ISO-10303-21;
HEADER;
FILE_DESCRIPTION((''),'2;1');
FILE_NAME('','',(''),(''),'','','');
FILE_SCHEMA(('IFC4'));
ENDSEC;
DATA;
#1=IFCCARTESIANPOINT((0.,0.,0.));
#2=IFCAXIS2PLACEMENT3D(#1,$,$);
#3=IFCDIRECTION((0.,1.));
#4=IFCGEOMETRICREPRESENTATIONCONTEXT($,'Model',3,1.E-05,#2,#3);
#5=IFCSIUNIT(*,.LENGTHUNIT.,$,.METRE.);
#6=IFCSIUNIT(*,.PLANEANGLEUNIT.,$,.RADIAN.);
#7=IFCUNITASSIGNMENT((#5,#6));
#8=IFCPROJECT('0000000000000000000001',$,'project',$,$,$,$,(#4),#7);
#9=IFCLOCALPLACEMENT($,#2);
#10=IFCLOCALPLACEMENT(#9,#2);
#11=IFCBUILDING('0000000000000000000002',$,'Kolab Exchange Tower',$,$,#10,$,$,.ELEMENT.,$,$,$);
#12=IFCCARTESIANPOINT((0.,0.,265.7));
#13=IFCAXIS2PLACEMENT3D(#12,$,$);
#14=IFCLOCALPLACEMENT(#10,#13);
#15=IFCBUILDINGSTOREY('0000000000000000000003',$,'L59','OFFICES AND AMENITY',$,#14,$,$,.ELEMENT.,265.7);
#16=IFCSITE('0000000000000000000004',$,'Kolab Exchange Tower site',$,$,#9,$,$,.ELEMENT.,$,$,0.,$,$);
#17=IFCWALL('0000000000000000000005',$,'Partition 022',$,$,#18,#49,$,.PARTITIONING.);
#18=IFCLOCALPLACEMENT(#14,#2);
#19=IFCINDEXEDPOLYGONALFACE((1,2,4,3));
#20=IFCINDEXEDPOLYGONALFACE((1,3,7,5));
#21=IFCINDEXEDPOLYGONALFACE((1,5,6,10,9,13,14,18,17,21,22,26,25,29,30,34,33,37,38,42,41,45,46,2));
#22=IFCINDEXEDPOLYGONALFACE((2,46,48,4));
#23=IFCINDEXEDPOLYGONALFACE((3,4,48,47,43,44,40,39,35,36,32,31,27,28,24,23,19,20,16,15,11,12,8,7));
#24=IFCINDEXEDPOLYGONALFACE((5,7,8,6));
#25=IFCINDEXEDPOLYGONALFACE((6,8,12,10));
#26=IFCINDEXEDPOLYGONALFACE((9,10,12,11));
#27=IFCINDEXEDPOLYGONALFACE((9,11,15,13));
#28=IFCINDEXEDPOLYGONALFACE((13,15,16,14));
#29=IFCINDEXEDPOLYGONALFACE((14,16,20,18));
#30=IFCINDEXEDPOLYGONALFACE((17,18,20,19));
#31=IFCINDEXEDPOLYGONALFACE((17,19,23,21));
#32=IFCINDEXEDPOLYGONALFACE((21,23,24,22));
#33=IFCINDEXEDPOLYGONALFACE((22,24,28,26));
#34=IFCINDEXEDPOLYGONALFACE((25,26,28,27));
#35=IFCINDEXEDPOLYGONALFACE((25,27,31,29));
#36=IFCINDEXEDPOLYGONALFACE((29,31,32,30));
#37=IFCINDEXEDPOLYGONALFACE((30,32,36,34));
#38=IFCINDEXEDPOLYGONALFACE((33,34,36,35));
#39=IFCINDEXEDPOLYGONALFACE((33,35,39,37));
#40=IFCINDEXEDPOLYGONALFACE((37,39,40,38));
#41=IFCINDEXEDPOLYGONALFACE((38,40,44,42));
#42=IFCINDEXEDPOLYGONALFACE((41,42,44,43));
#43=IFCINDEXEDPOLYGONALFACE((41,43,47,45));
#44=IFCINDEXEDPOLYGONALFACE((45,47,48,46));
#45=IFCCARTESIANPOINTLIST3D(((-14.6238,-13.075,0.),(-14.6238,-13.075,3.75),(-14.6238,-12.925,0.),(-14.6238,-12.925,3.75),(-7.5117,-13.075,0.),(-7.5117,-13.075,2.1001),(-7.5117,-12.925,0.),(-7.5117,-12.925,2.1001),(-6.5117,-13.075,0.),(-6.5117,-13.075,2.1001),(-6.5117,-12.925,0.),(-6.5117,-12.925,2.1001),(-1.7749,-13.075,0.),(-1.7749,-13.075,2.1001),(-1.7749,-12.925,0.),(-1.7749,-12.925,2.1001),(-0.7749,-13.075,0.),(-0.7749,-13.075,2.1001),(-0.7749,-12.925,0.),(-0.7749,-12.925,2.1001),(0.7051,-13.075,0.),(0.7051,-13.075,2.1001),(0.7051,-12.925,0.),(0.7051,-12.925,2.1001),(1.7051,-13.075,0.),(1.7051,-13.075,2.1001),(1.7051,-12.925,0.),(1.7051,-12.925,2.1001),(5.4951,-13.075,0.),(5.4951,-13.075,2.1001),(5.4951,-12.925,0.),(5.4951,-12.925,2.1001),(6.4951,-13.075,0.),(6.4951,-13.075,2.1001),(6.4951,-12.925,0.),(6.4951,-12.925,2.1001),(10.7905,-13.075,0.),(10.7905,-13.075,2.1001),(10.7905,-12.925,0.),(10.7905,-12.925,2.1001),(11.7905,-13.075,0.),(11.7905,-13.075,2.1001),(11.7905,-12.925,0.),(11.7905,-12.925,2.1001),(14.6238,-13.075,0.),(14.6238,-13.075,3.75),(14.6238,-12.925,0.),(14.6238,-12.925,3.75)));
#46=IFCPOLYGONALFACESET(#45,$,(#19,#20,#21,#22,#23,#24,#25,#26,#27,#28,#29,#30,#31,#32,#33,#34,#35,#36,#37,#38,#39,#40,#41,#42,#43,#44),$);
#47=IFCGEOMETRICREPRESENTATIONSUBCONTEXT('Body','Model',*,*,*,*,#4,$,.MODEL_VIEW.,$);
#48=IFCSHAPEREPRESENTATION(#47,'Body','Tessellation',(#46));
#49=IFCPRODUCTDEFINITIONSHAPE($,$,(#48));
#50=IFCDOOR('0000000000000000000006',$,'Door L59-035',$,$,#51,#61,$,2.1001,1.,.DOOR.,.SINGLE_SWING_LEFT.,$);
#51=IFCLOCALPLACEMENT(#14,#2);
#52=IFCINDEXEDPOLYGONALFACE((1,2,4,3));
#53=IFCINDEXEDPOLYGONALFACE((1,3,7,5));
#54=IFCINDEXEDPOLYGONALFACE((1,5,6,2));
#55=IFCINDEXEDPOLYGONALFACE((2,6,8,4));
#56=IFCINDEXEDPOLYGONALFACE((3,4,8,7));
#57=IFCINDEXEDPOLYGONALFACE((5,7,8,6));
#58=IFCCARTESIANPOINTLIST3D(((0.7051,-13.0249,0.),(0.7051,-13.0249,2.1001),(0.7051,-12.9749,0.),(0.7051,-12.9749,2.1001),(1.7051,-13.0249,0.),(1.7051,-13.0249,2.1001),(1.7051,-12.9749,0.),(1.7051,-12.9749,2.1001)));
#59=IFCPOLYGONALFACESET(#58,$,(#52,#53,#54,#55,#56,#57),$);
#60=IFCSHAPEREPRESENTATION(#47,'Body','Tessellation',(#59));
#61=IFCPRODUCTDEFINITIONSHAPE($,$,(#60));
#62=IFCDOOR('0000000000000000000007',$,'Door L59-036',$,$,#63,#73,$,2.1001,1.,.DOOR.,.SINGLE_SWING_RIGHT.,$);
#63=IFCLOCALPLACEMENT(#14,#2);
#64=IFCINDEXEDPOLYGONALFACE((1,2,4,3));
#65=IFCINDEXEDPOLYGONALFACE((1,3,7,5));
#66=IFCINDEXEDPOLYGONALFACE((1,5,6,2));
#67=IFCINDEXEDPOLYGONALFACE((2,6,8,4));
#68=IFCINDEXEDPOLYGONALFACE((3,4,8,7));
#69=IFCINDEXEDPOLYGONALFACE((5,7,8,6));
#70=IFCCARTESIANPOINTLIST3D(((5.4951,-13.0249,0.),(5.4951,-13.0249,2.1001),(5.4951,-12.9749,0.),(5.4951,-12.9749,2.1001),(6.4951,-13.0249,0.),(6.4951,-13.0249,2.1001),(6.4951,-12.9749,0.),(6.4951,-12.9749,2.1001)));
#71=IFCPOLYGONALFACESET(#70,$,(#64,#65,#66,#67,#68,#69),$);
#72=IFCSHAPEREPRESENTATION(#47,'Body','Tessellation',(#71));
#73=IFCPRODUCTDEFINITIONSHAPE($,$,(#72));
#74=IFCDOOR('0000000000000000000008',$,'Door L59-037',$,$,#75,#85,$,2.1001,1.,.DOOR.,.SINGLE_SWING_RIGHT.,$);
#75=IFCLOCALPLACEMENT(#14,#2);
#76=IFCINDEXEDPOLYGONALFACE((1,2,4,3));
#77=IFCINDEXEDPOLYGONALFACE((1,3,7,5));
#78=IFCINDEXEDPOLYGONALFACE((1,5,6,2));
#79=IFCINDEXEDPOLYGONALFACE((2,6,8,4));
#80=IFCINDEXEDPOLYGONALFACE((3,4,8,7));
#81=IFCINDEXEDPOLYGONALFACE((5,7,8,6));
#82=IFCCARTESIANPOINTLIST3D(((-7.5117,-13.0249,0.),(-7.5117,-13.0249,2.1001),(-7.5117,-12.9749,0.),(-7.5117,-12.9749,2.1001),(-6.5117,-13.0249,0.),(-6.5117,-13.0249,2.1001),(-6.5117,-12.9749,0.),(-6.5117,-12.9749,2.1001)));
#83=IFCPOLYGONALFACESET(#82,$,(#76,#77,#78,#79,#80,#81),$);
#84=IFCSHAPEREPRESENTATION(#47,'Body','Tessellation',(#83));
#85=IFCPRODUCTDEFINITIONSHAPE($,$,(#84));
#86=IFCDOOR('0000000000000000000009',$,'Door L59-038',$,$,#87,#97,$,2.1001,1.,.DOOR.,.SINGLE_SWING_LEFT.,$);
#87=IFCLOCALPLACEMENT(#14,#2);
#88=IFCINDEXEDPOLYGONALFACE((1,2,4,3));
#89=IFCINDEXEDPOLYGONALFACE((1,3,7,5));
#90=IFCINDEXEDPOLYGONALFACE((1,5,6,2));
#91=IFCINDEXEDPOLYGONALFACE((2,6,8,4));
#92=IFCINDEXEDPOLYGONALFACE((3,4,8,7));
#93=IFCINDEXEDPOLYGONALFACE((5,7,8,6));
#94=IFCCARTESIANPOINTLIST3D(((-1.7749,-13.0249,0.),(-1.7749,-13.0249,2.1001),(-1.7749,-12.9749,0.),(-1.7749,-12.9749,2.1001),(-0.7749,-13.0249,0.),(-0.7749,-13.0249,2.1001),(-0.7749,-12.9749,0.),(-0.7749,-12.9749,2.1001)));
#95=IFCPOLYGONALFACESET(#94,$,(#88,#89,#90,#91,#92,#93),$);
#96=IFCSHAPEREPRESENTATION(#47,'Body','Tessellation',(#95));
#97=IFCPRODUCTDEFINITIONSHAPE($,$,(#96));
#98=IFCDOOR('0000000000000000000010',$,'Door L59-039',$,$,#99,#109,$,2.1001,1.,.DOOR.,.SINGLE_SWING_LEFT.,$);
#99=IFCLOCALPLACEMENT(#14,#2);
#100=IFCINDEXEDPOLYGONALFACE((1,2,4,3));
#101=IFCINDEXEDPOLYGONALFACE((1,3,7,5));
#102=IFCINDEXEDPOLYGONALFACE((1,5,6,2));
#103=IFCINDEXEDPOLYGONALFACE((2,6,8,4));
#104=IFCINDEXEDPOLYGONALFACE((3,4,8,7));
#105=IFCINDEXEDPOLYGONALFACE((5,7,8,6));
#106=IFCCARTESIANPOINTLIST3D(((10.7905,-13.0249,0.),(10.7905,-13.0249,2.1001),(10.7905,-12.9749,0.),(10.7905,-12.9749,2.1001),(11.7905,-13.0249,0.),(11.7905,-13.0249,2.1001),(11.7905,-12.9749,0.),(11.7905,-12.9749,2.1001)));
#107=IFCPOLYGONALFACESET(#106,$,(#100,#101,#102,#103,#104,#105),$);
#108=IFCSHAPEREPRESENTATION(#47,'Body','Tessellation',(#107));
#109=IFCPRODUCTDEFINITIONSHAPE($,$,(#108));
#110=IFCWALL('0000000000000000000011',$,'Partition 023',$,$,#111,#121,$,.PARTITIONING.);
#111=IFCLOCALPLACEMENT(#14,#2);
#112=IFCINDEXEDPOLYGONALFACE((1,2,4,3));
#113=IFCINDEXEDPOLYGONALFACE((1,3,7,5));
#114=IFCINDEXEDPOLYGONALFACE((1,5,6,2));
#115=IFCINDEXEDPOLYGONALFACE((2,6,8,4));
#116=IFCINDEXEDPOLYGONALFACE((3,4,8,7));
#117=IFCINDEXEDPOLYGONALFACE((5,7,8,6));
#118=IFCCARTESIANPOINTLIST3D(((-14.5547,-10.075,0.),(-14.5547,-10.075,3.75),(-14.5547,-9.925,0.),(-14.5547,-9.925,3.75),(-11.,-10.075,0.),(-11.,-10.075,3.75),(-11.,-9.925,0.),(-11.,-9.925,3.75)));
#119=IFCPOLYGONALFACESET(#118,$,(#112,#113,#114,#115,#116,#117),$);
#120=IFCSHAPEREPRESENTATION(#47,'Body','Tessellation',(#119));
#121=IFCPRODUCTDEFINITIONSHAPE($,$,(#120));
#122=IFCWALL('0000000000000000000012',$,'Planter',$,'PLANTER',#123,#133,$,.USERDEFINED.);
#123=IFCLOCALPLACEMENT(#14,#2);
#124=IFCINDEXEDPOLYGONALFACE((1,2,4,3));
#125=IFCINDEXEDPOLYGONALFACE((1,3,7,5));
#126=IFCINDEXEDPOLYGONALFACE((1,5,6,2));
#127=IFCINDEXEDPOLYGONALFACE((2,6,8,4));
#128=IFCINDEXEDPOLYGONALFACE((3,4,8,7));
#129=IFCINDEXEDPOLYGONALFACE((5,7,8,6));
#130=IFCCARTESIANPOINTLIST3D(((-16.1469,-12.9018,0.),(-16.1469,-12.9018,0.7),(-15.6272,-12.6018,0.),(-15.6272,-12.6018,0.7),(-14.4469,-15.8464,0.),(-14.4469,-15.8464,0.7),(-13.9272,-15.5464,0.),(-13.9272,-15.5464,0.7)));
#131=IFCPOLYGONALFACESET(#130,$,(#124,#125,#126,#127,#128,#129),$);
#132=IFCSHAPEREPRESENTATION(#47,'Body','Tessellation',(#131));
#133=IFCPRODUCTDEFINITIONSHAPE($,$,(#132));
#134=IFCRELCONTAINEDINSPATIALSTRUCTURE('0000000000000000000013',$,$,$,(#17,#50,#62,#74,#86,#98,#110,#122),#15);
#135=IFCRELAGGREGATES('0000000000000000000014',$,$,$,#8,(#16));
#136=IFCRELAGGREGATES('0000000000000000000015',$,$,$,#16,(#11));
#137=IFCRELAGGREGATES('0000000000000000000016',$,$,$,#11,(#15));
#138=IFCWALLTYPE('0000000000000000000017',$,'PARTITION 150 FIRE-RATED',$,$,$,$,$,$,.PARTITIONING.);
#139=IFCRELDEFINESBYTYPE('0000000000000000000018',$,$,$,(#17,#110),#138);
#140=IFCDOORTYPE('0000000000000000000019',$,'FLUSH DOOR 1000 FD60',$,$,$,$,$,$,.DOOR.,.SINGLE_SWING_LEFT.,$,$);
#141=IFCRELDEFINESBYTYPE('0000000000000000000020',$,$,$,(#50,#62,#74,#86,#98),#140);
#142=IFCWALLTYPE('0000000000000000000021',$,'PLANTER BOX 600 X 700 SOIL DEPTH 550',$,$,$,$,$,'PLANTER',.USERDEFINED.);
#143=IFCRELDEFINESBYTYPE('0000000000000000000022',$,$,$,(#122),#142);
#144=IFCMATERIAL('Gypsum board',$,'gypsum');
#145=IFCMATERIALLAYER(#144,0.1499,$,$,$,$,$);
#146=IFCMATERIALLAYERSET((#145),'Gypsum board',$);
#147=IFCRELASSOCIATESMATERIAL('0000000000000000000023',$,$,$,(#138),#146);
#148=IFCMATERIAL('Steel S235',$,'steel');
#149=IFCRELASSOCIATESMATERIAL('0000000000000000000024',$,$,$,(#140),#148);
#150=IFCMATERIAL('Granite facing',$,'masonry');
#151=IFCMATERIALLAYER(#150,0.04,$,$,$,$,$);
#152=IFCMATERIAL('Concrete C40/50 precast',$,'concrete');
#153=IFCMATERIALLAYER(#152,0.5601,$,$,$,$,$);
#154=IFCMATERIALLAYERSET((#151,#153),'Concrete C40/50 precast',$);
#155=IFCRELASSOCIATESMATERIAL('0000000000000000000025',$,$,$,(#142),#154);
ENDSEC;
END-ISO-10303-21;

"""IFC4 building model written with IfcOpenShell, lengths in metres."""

from ifc_helpers import new_model, si_unit, direction, frame, frame_2d, origin, place, context, subcontext, project, spatial, rectangle, extrude, material, layer, layer_set, type_object, element, fill, save


model = new_model("IFC4")

# Units and contexts
model_context = context("Model", 3, precision=1e-05, world=origin(), true_north=direction((0.0, 1.0)))
body_context = subcontext(model_context, "Body", "Model", "MODEL_VIEW")
ifc_project = project(units=[si_unit("LENGTHUNIT", "METRE"), si_unit("PLANEANGLEUNIT", "RADIAN")], contexts=[model_context])

# Site, building, storey
site_placement = place(None, origin())
site = spatial("IfcSite", under=ifc_project, at=site_placement, Name="Kolab Exchange Tower site", CompositionType="ELEMENT", RefElevation=0.0)
building_placement = place(site_placement, origin())
building = spatial("IfcBuilding", under=site, at=building_placement, Name="Kolab Exchange Tower", CompositionType="ELEMENT")
storey_placement = place(building_placement, frame((0.0, 0.0, 265.7)))
storey = spatial("IfcBuildingStorey", under=building, at=storey_placement, Name="L59", Description="OFFICES AND AMENITY", CompositionType="ELEMENT", Elevation=265.7)

# Wall, openings, doors
ifc_material_1 = material(Name="Gypsum board", Category="gypsum")
ifc_layer_1 = layer(ifc_material_1, 0.1499)
ifc_layer_set_1 = layer_set([ifc_layer_1], Name="Gypsum board")
wall_type_1 = type_object("IfcWallType", Name="PARTITION 150 FIRE-RATED", PredefinedType="PARTITIONING", material=ifc_layer_set_1)
wall_1_placement = place(storey_placement, frame((-14.6238, -13.0, 0.0), z_axis=(0.0, 0.0, 1.0), x_axis=(1.0, 0.0, 0.0)))
wall_1 = element("IfcWall", 1, at=wall_1_placement, inside=storey, type_object=wall_type_1, Name="Partition 022", PredefinedType="PARTITIONING", context=body_context, shape_type="SweptSolid", body=[
    extrude(rectangle(XDim=29.2476, YDim=0.1499, at=frame_2d((14.6238, 0.0))), origin(), (0.0, 0.0, 1.0), 3.75),
])
opening_1_placement = place(wall_1_placement, frame((15.3289, 0.0, 0.0)))
opening_1 = element("IfcOpeningElement", 2, at=opening_1_placement, cuts=wall_1, PredefinedType="OPENING", context=body_context, shape_type="SweptSolid", body=[
    extrude(rectangle(XDim=1.0, YDim=2.1001, at=frame_2d((0.5, 1.05))), frame((0.0, 0.085, 0.0), z_axis=(0.0, -1.0, 0.0), x_axis=(1.0, 0.0, 0.0)), (0.0, 0.0, 1.0), 0.1699),
])
opening_2_placement = place(wall_1_placement, frame((20.1189, 0.0, 0.0)))
opening_2 = element("IfcOpeningElement", 3, at=opening_2_placement, cuts=wall_1, PredefinedType="OPENING", context=body_context, shape_type="SweptSolid", body=[
    extrude(rectangle(XDim=1.0, YDim=2.1001, at=frame_2d((0.5, 1.05))), frame((0.0, 0.085, 0.0), z_axis=(0.0, -1.0, 0.0), x_axis=(1.0, 0.0, 0.0)), (0.0, 0.0, 1.0), 0.1699),
])
opening_3_placement = place(wall_1_placement, frame((7.1121, 0.0, 0.0)))
opening_3 = element("IfcOpeningElement", 4, at=opening_3_placement, cuts=wall_1, PredefinedType="OPENING", context=body_context, shape_type="SweptSolid", body=[
    extrude(rectangle(XDim=1.0, YDim=2.1001, at=frame_2d((0.5, 1.05))), frame((0.0, 0.085, 0.0), z_axis=(0.0, -1.0, 0.0), x_axis=(1.0, 0.0, 0.0)), (0.0, 0.0, 1.0), 0.1699),
])
opening_4_placement = place(wall_1_placement, frame((12.8489, 0.0, 0.0)))
opening_4 = element("IfcOpeningElement", 5, at=opening_4_placement, cuts=wall_1, PredefinedType="OPENING", context=body_context, shape_type="SweptSolid", body=[
    extrude(rectangle(XDim=1.0, YDim=2.1001, at=frame_2d((0.5, 1.05))), frame((0.0, 0.085, 0.0), z_axis=(0.0, -1.0, 0.0), x_axis=(1.0, 0.0, 0.0)), (0.0, 0.0, 1.0), 0.1699),
])
opening_5_placement = place(wall_1_placement, frame((25.4143, 0.0, 0.0)))
opening_5 = element("IfcOpeningElement", 6, at=opening_5_placement, cuts=wall_1, PredefinedType="OPENING", context=body_context, shape_type="SweptSolid", body=[
    extrude(rectangle(XDim=1.0, YDim=2.1001, at=frame_2d((0.5, 1.05))), frame((0.0, 0.085, 0.0), z_axis=(0.0, -1.0, 0.0), x_axis=(1.0, 0.0, 0.0)), (0.0, 0.0, 1.0), 0.1699),
])
ifc_material_2 = material(Name="Steel S235", Category="steel")
door_type_1 = type_object("IfcDoorType", Name="FLUSH DOOR 1000 FD60", OperationType="SINGLE_SWING_LEFT", PredefinedType="DOOR", material=ifc_material_2)
door_1_placement = place(opening_1_placement, frame((1.0, 0.0, 0.0), z_axis=(0.0, 0.0, 1.0), x_axis=(-1.0, 0.0, 0.0)))
door_1 = element("IfcDoor", 7, at=door_1_placement, inside=storey, type_object=door_type_1, Name="Door L59-035", OperationType="SINGLE_SWING_LEFT", OverallHeight=2.1001, OverallWidth=1.0, PredefinedType="DOOR", context=body_context, shape_type="SweptSolid", body=[
    extrude(rectangle(XDim=1.0, YDim=2.1001, at=frame_2d((0.5, 1.05))), frame((0.0, 0.0249, 0.0), z_axis=(0.0, -1.0, 0.0), x_axis=(1.0, 0.0, 0.0)), (0.0, 0.0, 1.0), 0.05),
])
fill(opening_1, door_1)
door_2_placement = place(opening_2_placement, frame((1.0, 0.0, 0.0), z_axis=(0.0, 0.0, 1.0), x_axis=(-1.0, 0.0, 0.0)))
door_2 = element("IfcDoor", 8, at=door_2_placement, inside=storey, type_object=door_type_1, Name="Door L59-036", OperationType="SINGLE_SWING_RIGHT", OverallHeight=2.1001, OverallWidth=1.0, PredefinedType="DOOR", context=body_context, shape_type="SweptSolid", body=[
    extrude(rectangle(XDim=1.0, YDim=2.1001, at=frame_2d((0.5, 1.05))), frame((0.0, 0.0249, 0.0), z_axis=(0.0, -1.0, 0.0), x_axis=(1.0, 0.0, 0.0)), (0.0, 0.0, 1.0), 0.05),
])
fill(opening_2, door_2)
door_3_placement = place(opening_3_placement, frame((1.0, 0.0, 0.0), z_axis=(0.0, 0.0, 1.0), x_axis=(-1.0, 0.0, 0.0)))
door_3 = element("IfcDoor", 9, at=door_3_placement, inside=storey, type_object=door_type_1, Name="Door L59-037", OperationType="SINGLE_SWING_RIGHT", OverallHeight=2.1001, OverallWidth=1.0, PredefinedType="DOOR", context=body_context, shape_type="SweptSolid", body=[
    extrude(rectangle(XDim=1.0, YDim=2.1001, at=frame_2d((0.5, 1.05))), frame((0.0, 0.0249, 0.0), z_axis=(0.0, -1.0, 0.0), x_axis=(1.0, 0.0, 0.0)), (0.0, 0.0, 1.0), 0.05),
])
fill(opening_3, door_3)
door_4_placement = place(opening_4_placement, frame((1.0, 0.0, 0.0), z_axis=(0.0, 0.0, 1.0), x_axis=(-1.0, 0.0, 0.0)))
door_4 = element("IfcDoor", 10, at=door_4_placement, inside=storey, type_object=door_type_1, Name="Door L59-038", OperationType="SINGLE_SWING_LEFT", OverallHeight=2.1001, OverallWidth=1.0, PredefinedType="DOOR", context=body_context, shape_type="SweptSolid", body=[
    extrude(rectangle(XDim=1.0, YDim=2.1001, at=frame_2d((0.5, 1.05))), frame((0.0, 0.0249, 0.0), z_axis=(0.0, -1.0, 0.0), x_axis=(1.0, 0.0, 0.0)), (0.0, 0.0, 1.0), 0.05),
])
fill(opening_4, door_4)
door_5_placement = place(opening_5_placement, frame((1.0, 0.0, 0.0), z_axis=(0.0, 0.0, 1.0), x_axis=(-1.0, 0.0, 0.0)))
door_5 = element("IfcDoor", 11, at=door_5_placement, inside=storey, type_object=door_type_1, Name="Door L59-039", OperationType="SINGLE_SWING_LEFT", OverallHeight=2.1001, OverallWidth=1.0, PredefinedType="DOOR", context=body_context, shape_type="SweptSolid", body=[
    extrude(rectangle(XDim=1.0, YDim=2.1001, at=frame_2d((0.5, 1.05))), frame((0.0, 0.0249, 0.0), z_axis=(0.0, -1.0, 0.0), x_axis=(1.0, 0.0, 0.0)), (0.0, 0.0, 1.0), 0.05),
])
fill(opening_5, door_5)

# Walls
wall_2_placement = place(storey_placement, frame((-14.5547, -10.0, 0.0), z_axis=(0.0, 0.0, 1.0), x_axis=(1.0, 0.0, 0.0)))
element("IfcWall", 12, at=wall_2_placement, inside=storey, type_object=wall_type_1, Name="Partition 023", PredefinedType="PARTITIONING", context=body_context, shape_type="SweptSolid", body=[
    extrude(rectangle(XDim=3.5547, YDim=0.1499, at=frame_2d((1.7773, 0.0))), origin(), (0.0, 0.0, 1.0), 3.75),
])
ifc_material_3 = material(Name="Granite facing", Category="masonry")
ifc_layer_2 = layer(ifc_material_3, 0.04)
ifc_material_4 = material(Name="Concrete C40/50 precast", Category="concrete")
ifc_layer_3 = layer(ifc_material_4, 0.5601)
ifc_layer_set_2 = layer_set([ifc_layer_2, ifc_layer_3], Name="Concrete C40/50 precast")
wall_type_2 = type_object("IfcWallType", Name="PLANTER BOX 600 X 700 SOIL DEPTH 550", ElementType="PLANTER", PredefinedType="USERDEFINED", material=ifc_layer_set_2)
wall_3_placement = place(storey_placement, frame((-14.187, -15.6965, 0.0), z_axis=(0.0, 0.0, 1.0), x_axis=(-0.499977, 0.866039, 0.0)))
element("IfcWall", 13, at=wall_3_placement, inside=storey, type_object=wall_type_2, Name="Planter", ObjectType="PLANTER", PredefinedType="USERDEFINED", context=body_context, shape_type="SweptSolid", body=[
    extrude(rectangle(XDim=3.4001, YDim=0.6001, at=frame_2d((1.7002, 0.0))), origin(), (0.0, 0.0, 1.0), 0.7),
])

save(model, "model.ifc")
